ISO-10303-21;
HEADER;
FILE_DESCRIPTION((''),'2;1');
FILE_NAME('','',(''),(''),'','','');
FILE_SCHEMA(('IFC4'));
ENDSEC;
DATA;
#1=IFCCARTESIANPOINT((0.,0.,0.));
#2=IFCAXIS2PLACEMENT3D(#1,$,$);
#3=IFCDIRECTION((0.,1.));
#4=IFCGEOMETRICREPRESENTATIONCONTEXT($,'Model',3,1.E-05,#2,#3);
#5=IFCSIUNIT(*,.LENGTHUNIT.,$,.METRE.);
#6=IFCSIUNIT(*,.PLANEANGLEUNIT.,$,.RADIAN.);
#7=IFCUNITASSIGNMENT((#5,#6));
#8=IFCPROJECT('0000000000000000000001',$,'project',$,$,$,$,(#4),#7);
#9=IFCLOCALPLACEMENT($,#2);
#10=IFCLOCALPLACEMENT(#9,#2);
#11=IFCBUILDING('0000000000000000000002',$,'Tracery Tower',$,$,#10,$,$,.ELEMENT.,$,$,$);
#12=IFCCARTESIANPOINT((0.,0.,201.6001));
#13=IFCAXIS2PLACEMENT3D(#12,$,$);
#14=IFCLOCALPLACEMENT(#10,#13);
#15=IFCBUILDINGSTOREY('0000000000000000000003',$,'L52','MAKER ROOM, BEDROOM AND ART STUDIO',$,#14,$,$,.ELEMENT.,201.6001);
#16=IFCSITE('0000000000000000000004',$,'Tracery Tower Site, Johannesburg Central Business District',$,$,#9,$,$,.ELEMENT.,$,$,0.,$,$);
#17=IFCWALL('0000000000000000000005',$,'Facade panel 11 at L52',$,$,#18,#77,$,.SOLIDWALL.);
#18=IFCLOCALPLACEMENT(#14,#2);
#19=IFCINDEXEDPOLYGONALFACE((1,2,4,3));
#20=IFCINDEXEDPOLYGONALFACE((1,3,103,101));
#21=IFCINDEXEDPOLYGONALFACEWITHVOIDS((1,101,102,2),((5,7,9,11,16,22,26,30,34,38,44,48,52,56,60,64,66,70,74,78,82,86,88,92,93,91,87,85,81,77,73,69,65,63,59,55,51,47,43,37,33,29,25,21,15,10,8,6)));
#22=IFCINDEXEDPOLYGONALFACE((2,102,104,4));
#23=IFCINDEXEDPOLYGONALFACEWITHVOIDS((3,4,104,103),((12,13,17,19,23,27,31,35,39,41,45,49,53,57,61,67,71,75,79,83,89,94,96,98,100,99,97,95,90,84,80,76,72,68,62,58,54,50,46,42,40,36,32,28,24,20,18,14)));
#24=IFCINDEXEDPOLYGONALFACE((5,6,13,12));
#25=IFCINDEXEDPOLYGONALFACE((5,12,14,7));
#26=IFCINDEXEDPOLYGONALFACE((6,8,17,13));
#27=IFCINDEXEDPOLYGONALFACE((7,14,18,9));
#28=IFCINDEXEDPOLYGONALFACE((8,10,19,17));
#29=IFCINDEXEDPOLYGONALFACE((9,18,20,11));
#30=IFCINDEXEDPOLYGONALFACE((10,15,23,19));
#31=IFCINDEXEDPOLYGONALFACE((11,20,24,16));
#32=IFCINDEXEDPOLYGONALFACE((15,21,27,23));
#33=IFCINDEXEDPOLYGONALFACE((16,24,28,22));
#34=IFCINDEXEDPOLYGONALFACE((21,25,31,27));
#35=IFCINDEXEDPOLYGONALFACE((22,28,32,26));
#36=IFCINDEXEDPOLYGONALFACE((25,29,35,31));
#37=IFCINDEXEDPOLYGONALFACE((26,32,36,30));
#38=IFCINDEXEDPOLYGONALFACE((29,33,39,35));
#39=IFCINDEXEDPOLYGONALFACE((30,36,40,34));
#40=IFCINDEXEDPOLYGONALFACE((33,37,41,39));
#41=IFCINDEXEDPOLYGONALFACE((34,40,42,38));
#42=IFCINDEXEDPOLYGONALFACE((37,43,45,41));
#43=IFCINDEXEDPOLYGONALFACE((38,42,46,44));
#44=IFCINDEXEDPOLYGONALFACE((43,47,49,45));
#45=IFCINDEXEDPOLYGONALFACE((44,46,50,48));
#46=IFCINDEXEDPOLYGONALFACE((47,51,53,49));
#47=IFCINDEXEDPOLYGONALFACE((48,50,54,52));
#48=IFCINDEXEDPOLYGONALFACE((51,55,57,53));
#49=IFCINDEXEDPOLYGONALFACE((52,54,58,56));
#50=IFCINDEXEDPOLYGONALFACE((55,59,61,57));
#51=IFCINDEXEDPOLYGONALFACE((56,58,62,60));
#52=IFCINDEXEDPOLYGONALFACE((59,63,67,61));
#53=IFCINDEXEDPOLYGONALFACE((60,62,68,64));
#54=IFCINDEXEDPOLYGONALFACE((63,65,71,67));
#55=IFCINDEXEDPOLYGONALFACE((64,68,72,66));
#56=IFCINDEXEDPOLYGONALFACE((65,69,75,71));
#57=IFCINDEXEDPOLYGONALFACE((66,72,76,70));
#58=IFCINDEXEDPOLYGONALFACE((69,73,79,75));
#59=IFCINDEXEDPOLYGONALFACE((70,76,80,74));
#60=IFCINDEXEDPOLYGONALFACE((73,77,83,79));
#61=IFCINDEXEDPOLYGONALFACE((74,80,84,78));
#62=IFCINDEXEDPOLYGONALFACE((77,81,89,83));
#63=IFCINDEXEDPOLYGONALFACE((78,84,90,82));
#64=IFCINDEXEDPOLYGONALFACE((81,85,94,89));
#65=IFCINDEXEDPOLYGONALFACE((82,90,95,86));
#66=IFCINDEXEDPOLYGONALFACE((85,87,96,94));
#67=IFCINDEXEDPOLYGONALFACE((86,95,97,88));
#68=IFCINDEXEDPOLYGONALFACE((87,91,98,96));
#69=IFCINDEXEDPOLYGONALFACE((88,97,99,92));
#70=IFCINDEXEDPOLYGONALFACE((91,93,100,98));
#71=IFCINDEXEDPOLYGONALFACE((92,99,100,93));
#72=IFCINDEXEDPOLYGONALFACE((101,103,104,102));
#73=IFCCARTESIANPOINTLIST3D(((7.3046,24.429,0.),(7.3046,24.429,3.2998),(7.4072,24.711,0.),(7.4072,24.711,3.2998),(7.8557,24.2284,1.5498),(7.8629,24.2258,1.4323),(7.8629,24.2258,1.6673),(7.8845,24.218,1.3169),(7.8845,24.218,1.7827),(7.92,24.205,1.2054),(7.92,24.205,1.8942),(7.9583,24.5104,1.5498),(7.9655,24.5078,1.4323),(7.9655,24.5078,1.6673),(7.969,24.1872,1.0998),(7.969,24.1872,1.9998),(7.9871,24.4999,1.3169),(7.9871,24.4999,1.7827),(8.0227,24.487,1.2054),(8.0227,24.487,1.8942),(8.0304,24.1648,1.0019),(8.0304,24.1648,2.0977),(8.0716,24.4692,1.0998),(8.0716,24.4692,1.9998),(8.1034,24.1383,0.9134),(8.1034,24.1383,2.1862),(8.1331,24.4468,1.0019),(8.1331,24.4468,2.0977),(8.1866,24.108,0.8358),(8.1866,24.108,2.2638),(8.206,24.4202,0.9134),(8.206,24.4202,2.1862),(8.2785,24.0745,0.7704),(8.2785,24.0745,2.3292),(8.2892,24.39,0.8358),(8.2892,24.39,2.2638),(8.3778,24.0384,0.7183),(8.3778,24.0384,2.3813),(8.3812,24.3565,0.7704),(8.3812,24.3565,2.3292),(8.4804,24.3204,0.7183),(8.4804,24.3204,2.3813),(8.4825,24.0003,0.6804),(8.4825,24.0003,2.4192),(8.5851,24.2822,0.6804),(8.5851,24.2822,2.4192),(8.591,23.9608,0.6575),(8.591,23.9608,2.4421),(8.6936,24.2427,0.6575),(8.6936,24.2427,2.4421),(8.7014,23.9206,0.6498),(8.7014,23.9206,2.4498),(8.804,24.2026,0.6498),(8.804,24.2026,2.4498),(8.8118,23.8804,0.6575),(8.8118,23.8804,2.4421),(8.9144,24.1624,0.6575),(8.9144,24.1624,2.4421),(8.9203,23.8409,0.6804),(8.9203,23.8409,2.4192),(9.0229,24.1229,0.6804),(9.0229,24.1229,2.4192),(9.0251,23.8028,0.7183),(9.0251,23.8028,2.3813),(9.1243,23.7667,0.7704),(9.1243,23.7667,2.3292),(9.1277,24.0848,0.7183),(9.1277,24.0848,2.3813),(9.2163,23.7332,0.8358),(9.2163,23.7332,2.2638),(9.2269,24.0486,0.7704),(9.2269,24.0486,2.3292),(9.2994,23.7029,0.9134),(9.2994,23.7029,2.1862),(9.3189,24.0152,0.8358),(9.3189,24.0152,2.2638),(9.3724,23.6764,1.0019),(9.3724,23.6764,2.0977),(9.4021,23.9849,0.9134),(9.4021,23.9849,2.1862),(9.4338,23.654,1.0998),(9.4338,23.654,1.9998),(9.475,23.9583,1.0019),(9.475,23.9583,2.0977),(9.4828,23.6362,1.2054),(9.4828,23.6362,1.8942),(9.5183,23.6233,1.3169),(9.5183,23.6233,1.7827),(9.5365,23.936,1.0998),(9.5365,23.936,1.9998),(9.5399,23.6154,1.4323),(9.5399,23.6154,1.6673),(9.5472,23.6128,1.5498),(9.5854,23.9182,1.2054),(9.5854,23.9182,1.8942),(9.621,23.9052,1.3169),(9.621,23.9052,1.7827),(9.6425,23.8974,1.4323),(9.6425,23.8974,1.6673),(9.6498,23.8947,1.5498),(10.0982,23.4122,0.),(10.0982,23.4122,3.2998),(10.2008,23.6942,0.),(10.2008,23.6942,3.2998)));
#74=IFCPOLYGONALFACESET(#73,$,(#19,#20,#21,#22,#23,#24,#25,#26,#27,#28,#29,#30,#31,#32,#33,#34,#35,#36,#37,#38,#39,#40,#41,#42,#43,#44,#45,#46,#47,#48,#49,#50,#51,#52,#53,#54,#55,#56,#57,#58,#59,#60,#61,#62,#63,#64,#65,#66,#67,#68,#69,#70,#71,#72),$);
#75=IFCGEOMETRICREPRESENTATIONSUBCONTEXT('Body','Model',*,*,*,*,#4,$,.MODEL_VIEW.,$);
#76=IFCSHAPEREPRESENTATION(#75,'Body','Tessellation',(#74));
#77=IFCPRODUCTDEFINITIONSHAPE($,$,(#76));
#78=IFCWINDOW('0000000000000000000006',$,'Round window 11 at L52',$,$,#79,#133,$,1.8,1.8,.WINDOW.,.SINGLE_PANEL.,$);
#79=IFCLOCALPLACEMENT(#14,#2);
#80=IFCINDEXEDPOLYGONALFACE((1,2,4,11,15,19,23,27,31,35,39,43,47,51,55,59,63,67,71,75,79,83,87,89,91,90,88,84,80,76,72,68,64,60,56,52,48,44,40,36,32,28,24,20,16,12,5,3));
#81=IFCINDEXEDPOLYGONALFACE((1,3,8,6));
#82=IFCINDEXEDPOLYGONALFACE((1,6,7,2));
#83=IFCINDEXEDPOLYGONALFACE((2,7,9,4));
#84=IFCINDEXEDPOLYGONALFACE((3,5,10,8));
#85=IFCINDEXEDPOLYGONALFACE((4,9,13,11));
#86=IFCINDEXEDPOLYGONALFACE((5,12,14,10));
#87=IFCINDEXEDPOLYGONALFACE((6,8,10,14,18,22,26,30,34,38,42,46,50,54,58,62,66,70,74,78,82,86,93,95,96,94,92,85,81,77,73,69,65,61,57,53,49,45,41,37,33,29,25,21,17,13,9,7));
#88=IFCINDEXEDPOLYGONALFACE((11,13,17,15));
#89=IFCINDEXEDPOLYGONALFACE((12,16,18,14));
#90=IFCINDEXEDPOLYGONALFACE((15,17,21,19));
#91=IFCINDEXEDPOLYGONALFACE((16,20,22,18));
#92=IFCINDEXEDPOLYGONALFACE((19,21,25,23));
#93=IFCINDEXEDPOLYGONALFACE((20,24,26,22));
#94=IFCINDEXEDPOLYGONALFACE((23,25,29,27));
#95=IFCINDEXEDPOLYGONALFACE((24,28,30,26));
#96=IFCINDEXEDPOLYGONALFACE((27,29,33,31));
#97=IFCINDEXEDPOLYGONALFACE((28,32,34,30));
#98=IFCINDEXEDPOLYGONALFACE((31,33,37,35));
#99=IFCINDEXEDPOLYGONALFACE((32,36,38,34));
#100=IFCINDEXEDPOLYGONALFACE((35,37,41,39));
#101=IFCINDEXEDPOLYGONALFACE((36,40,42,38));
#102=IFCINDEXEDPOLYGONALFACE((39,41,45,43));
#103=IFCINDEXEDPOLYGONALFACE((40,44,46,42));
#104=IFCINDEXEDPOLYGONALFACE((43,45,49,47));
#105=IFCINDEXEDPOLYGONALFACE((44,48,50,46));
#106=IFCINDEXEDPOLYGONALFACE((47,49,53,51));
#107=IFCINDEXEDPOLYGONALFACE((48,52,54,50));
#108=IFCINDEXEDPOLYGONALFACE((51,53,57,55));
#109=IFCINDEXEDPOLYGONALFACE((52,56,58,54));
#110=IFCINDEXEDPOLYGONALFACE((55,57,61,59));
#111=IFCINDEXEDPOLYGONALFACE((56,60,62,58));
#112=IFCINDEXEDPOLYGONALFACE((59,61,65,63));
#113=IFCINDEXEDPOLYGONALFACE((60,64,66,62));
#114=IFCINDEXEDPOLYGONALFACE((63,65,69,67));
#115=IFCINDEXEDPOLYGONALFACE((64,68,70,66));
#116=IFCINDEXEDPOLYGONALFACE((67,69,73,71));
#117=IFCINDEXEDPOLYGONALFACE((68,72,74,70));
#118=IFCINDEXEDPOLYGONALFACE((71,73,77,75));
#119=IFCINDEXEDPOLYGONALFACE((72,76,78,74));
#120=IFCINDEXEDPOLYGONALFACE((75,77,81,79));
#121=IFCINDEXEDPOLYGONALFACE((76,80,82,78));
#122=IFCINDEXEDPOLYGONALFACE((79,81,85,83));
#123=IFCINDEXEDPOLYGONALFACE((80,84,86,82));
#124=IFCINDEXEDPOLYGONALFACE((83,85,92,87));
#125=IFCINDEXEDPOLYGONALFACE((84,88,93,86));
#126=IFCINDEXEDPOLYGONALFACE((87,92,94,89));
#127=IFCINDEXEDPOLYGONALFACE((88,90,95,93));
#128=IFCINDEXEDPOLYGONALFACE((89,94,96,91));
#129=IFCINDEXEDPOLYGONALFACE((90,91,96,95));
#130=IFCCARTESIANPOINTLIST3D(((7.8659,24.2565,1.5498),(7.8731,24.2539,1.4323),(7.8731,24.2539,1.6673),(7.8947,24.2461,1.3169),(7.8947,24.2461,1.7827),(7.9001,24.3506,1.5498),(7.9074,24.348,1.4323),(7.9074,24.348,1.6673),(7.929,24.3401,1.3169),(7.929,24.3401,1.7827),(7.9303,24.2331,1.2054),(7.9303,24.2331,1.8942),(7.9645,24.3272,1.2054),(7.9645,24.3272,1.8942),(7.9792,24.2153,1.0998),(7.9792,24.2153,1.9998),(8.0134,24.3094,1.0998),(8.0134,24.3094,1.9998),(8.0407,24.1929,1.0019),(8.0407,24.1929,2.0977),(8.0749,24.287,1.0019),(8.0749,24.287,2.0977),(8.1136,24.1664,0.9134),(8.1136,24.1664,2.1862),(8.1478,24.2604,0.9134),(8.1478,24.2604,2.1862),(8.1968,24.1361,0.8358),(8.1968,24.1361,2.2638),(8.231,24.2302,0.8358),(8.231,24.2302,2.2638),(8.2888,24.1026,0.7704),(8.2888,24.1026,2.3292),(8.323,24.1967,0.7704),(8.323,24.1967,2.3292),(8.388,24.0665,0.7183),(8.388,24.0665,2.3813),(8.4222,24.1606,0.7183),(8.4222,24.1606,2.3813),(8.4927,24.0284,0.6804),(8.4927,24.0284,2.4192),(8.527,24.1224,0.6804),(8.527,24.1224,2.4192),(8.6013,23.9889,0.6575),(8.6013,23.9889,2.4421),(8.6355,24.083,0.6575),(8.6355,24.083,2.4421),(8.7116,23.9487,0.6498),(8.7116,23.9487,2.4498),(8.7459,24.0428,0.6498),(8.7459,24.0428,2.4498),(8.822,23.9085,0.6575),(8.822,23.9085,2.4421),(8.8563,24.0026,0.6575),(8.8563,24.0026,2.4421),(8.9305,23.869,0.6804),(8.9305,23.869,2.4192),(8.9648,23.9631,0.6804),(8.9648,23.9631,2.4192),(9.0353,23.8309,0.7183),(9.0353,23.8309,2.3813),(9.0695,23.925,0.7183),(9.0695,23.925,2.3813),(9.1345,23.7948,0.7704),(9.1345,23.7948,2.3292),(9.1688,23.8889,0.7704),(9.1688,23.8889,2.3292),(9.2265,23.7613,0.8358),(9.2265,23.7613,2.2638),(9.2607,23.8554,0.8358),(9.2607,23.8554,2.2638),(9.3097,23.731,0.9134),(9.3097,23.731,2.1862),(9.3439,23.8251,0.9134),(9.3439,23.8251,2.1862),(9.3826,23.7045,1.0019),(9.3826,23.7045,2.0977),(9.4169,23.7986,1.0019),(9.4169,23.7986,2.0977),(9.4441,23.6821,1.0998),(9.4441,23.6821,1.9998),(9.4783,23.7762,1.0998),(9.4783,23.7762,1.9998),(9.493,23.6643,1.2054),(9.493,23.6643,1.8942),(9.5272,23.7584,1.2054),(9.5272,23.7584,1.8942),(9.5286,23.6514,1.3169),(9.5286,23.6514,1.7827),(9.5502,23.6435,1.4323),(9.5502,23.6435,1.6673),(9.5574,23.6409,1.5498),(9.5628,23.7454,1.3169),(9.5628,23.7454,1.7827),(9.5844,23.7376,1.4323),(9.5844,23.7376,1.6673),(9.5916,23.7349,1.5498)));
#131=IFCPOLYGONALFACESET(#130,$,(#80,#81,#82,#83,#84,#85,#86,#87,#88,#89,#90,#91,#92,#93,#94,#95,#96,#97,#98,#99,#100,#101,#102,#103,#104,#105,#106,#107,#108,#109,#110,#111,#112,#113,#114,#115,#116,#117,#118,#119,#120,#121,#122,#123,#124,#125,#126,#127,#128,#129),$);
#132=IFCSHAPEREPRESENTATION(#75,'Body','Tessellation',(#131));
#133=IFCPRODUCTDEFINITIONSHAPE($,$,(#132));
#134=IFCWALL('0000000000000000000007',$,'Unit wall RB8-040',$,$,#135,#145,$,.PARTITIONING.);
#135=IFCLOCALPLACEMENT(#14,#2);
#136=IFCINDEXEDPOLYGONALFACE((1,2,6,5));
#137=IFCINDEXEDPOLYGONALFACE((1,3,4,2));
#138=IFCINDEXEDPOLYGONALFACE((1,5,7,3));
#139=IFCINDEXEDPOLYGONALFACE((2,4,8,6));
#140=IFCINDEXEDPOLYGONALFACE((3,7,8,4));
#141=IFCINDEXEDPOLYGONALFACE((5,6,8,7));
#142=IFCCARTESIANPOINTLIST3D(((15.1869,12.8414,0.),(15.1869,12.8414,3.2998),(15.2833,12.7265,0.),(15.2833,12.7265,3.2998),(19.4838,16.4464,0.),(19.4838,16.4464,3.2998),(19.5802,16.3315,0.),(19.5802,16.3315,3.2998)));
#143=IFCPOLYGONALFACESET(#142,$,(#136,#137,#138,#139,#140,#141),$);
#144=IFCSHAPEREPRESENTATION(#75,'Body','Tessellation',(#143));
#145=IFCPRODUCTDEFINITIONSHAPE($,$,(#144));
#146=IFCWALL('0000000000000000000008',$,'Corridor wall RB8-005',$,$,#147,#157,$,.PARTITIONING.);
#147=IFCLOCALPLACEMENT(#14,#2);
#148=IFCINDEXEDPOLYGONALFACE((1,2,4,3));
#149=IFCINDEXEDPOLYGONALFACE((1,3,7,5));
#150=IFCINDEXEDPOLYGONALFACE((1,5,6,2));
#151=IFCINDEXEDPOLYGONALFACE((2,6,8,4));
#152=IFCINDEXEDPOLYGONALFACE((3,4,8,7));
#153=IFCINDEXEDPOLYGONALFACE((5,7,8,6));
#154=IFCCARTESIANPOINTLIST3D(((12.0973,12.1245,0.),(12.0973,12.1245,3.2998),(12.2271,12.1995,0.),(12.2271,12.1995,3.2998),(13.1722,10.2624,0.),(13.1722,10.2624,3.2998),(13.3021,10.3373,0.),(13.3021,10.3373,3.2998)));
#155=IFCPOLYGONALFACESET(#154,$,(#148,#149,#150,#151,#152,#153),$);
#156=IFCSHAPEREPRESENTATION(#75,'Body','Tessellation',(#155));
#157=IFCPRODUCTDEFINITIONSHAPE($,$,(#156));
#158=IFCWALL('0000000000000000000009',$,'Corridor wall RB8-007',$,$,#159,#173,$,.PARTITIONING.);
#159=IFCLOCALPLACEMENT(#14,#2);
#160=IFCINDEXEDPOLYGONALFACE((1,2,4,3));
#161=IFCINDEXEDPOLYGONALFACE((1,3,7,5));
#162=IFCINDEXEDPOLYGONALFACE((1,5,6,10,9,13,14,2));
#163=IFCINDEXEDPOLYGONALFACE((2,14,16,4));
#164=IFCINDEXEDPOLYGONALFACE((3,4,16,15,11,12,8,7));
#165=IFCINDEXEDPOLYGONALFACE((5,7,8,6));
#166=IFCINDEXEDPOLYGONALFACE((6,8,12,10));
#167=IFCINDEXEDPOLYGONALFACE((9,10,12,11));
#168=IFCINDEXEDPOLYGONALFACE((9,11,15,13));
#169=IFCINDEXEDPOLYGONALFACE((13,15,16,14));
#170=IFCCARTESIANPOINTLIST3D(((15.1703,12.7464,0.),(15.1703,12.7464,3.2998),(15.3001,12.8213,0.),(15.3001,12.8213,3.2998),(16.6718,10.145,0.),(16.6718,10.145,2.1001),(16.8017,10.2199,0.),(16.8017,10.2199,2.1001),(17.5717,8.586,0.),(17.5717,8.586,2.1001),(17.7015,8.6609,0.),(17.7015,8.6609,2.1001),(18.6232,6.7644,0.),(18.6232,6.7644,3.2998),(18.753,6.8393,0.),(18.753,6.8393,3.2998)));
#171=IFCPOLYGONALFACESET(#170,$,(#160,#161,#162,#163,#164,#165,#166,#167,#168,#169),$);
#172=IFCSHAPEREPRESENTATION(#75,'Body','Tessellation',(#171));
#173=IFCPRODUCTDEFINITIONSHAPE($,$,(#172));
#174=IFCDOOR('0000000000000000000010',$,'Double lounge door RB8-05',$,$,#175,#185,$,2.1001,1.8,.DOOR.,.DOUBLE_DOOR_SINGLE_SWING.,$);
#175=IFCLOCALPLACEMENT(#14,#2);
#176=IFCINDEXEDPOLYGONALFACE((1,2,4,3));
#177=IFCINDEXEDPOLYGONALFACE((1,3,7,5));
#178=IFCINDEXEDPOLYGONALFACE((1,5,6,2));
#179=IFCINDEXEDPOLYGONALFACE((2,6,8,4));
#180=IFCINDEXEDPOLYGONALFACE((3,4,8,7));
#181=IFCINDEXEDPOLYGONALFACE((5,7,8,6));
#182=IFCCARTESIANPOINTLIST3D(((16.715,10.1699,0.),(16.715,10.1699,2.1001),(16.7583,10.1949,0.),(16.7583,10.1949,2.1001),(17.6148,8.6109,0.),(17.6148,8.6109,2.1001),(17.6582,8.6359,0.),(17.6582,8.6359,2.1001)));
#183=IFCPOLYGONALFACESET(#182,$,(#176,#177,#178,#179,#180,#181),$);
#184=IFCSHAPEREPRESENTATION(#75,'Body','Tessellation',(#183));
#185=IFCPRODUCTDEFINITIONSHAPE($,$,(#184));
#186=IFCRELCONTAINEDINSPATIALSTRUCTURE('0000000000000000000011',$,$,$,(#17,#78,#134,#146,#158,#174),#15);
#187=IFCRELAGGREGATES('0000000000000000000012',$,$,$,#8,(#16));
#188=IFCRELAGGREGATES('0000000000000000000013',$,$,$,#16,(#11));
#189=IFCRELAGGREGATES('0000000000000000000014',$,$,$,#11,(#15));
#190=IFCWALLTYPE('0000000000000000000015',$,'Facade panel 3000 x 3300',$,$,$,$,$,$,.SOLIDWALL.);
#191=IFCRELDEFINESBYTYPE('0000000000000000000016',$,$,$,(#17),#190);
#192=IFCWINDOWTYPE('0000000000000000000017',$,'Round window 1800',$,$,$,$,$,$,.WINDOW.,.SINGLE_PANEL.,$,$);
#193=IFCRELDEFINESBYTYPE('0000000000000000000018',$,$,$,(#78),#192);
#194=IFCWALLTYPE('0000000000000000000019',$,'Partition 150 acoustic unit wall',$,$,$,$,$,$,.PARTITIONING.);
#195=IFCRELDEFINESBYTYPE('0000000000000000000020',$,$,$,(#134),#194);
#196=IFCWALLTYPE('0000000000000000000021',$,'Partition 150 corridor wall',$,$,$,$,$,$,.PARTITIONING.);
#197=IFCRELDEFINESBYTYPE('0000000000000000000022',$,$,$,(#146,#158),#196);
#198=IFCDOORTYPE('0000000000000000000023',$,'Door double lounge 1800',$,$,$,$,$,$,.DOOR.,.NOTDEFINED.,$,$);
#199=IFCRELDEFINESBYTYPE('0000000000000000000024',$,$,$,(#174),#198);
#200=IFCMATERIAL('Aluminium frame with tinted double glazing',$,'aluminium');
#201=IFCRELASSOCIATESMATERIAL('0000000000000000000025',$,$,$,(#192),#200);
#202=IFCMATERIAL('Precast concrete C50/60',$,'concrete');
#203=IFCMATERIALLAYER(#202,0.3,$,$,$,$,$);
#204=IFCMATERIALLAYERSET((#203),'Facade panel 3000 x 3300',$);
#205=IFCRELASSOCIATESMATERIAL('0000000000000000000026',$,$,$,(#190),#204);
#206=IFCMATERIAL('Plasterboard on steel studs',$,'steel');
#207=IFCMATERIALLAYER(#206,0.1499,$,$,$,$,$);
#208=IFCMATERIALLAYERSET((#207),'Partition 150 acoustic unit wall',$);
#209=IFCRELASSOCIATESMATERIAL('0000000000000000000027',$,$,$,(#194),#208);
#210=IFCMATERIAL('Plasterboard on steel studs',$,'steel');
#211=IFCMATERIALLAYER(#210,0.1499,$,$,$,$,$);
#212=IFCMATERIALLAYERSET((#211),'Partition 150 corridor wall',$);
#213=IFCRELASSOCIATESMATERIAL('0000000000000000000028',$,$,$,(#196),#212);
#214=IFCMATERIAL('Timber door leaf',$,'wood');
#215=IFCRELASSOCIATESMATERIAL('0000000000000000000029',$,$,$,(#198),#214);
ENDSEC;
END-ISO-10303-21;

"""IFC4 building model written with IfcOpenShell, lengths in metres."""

from ifc_helpers import new_model, si_unit, direction, frame, frame_2d, origin, origin_2d, place, context, subcontext, project, spatial, rectangle, circle, extrude, material, layer, layer_set, type_object, element, fill, save


model = new_model("IFC4")

# Units and contexts
model_context = context("Model", 3, precision=1e-05, world=origin(), true_north=direction((0.0, 1.0)))
body_context = subcontext(model_context, "Body", "Model", "MODEL_VIEW")
ifc_project = project(units=[si_unit("LENGTHUNIT", "METRE"), si_unit("PLANEANGLEUNIT", "RADIAN")], contexts=[model_context])

# Site, building, storey
site_placement = place(None, origin())
site = spatial("IfcSite", under=ifc_project, at=site_placement, Name="Tracery Tower Site, Johannesburg Central Business District", CompositionType="ELEMENT", RefElevation=0.0)
building_placement = place(site_placement, origin())
building = spatial("IfcBuilding", under=site, at=building_placement, Name="Tracery Tower", CompositionType="ELEMENT")
storey_placement = place(building_placement, frame((0.0, 0.0, 201.6001)))
storey = spatial("IfcBuildingStorey", under=building, at=storey_placement, Name="L52", Description="MAKER ROOM, BEDROOM AND ART STUDIO", CompositionType="ELEMENT", Elevation=201.6001)

# Wall, opening, window
ifc_material_1 = material(Name="Aluminium frame with tinted double glazing", Category="aluminium")
window_type = type_object("IfcWindowType", Name="Round window 1800", PartitioningType="SINGLE_PANEL", PredefinedType="WINDOW", material=ifc_material_1)
ifc_material_2 = material(Name="Precast concrete C50/60", Category="concrete")
ifc_layer_1 = layer(ifc_material_2, 0.3)
ifc_layer_set_1 = layer_set([ifc_layer_1], Name="Facade panel 3000 x 3300")
wall_type_1 = type_object("IfcWallType", Name="Facade panel 3000 x 3300", PredefinedType="SOLIDWALL", material=ifc_layer_set_1)
wall_1_placement = place(storey_placement, frame((10.1494, 23.5532, 0.0), z_axis=(0.0, 0.0, 1.0), x_axis=(-0.93969, 0.342027, 0.0)))
wall_1 = element("IfcWall", 1, at=wall_1_placement, inside=storey, type_object=wall_type_1, Name="Facade panel 11 at L52", PredefinedType="SOLIDWALL", context=body_context, shape_type="SweptSolid", body=[
    extrude(rectangle(XDim=2.9729, YDim=0.3, at=frame_2d((1.4863, 0.0))), origin(), (0.0, 0.0, 1.0), 3.2998),
])
opening_1_placement = place(wall_1_placement, frame((1.4863, 0.0, 1.5498)))
opening_1 = element("IfcOpeningElement", 2, at=opening_1_placement, cuts=wall_1, PredefinedType="OPENING", context=body_context, shape_type="SweptSolid", body=[
    extrude(circle(Radius=0.9, at=origin_2d()), frame((0.0, 0.1599, 0.0), z_axis=(0.0, -1.0, 0.0), x_axis=(1.0, 0.0, 0.0)), (0.0, 0.0, 1.0), 0.3201),
])
window_1_placement = place(opening_1_placement, origin())
window_1 = element("IfcWindow", 3, at=window_1_placement, inside=storey, type_object=window_type, Name="Round window 11 at L52", OverallHeight=1.8, OverallWidth=1.8, PartitioningType="SINGLE_PANEL", PredefinedType="WINDOW", context=body_context, shape_type="SweptSolid", body=[
    extrude(circle(Radius=0.9, at=origin_2d()), frame((0.0, 0.1201, 0.0), z_axis=(0.0, -1.0, 0.0), x_axis=(1.0, 0.0, 0.0)), (0.0, 0.0, 1.0), 0.1001),
])
fill(opening_1, window_1)

# Walls
ifc_material_3 = material(Name="Plasterboard on steel studs", Category="steel")
ifc_layer_2 = layer(ifc_material_3, 0.1499)
ifc_layer_set_2 = layer_set([ifc_layer_2], Name="Partition 150 acoustic unit wall")
wall_type_2 = type_object("IfcWallType", Name="Partition 150 acoustic unit wall", PredefinedType="PARTITIONING", material=ifc_layer_set_2)
wall_2_placement = place(storey_placement, frame((15.2351, 12.7839, 0.0), z_axis=(0.0, 0.0, 1.0), x_axis=(0.766091, 0.642733, 0.0)))
element("IfcWall", 4, at=wall_2_placement, inside=storey, type_object=wall_type_2, Name="Unit wall RB8-040", PredefinedType="PARTITIONING", context=body_context, shape_type="SweptSolid", body=[
    extrude(rectangle(XDim=5.6089, YDim=0.1499, at=frame_2d((2.8044, 0.0))), origin(), (0.0, 0.0, 1.0), 3.2998),
])
ifc_material_4 = material(Name="Plasterboard on steel studs", Category="steel")
ifc_layer_3 = layer(ifc_material_4, 0.1499)
ifc_layer_set_3 = layer_set([ifc_layer_3], Name="Partition 150 corridor wall")
wall_type_3 = type_object("IfcWallType", Name="Partition 150 corridor wall", PredefinedType="PARTITIONING", material=ifc_layer_set_3)
wall_3_placement = place(storey_placement, frame((12.1621, 12.1621, 0.0), z_axis=(0.0, 0.0, 1.0), x_axis=(0.499962, -0.866048, 0.0)))
element("IfcWall", 5, at=wall_3_placement, inside=storey, type_object=wall_type_3, Name="Corridor wall RB8-005", PredefinedType="PARTITIONING", context=body_context, shape_type="SweptSolid", body=[
    extrude(rectangle(XDim=2.1501, YDim=0.1499, at=frame_2d((1.0752, 0.0))), origin(), (0.0, 0.0, 1.0), 3.2998),
])

# Wall, opening, door
wall_4_placement = place(storey_placement, frame((15.2351, 12.7839, 0.0), z_axis=(0.0, 0.0, 1.0), x_axis=(0.499914, -0.866075, 0.0)))
wall_4 = element("IfcWall", 6, at=wall_4_placement, inside=storey, type_object=wall_type_3, Name="Corridor wall RB8-007", PredefinedType="PARTITIONING", context=body_context, shape_type="SweptSolid", body=[
    extrude(rectangle(XDim=6.907, YDim=0.1499, at=frame_2d((3.4536, 0.0))), origin(), (0.0, 0.0, 1.0), 3.2998),
])
opening_2_placement = place(wall_4_placement, frame((3.0039, 0.0, 0.0)))
opening_2 = element("IfcOpeningElement", 7, at=opening_2_placement, cuts=wall_4, PredefinedType="OPENING", context=body_context, shape_type="SweptSolid", body=[
    extrude(rectangle(XDim=1.8, YDim=2.1001, at=frame_2d((0.8999, 1.05))), frame((0.0, 0.075, 0.0), z_axis=(0.0, -1.0, 0.0), x_axis=(1.0, 0.0, 0.0)), (0.0, 0.0, 1.0), 0.1499),
])
ifc_material_5 = material(Name="Timber door leaf", Category="wood")
door_type = type_object("IfcDoorType", Name="Door double lounge 1800", OperationType="NOTDEFINED", PredefinedType="DOOR", material=ifc_material_5)
door_placement = place(opening_2_placement, origin())
door = element("IfcDoor", 8, at=door_placement, inside=storey, type_object=door_type, Name="Double lounge door RB8-05", OperationType="DOUBLE_DOOR_SINGLE_SWING", OverallHeight=2.1001, OverallWidth=1.8, PredefinedType="DOOR", context=body_context, shape_type="SweptSolid", body=[
    extrude(rectangle(XDim=1.8, YDim=2.1001, at=frame_2d((0.8999, 1.05))), frame((0.0, 0.0249, 0.0), z_axis=(0.0, -1.0, 0.0), x_axis=(1.0, 0.0, 0.0)), (0.0, 0.0, 1.0), 0.05),
])
fill(opening_2, door)

save(model, "model.ifc")
